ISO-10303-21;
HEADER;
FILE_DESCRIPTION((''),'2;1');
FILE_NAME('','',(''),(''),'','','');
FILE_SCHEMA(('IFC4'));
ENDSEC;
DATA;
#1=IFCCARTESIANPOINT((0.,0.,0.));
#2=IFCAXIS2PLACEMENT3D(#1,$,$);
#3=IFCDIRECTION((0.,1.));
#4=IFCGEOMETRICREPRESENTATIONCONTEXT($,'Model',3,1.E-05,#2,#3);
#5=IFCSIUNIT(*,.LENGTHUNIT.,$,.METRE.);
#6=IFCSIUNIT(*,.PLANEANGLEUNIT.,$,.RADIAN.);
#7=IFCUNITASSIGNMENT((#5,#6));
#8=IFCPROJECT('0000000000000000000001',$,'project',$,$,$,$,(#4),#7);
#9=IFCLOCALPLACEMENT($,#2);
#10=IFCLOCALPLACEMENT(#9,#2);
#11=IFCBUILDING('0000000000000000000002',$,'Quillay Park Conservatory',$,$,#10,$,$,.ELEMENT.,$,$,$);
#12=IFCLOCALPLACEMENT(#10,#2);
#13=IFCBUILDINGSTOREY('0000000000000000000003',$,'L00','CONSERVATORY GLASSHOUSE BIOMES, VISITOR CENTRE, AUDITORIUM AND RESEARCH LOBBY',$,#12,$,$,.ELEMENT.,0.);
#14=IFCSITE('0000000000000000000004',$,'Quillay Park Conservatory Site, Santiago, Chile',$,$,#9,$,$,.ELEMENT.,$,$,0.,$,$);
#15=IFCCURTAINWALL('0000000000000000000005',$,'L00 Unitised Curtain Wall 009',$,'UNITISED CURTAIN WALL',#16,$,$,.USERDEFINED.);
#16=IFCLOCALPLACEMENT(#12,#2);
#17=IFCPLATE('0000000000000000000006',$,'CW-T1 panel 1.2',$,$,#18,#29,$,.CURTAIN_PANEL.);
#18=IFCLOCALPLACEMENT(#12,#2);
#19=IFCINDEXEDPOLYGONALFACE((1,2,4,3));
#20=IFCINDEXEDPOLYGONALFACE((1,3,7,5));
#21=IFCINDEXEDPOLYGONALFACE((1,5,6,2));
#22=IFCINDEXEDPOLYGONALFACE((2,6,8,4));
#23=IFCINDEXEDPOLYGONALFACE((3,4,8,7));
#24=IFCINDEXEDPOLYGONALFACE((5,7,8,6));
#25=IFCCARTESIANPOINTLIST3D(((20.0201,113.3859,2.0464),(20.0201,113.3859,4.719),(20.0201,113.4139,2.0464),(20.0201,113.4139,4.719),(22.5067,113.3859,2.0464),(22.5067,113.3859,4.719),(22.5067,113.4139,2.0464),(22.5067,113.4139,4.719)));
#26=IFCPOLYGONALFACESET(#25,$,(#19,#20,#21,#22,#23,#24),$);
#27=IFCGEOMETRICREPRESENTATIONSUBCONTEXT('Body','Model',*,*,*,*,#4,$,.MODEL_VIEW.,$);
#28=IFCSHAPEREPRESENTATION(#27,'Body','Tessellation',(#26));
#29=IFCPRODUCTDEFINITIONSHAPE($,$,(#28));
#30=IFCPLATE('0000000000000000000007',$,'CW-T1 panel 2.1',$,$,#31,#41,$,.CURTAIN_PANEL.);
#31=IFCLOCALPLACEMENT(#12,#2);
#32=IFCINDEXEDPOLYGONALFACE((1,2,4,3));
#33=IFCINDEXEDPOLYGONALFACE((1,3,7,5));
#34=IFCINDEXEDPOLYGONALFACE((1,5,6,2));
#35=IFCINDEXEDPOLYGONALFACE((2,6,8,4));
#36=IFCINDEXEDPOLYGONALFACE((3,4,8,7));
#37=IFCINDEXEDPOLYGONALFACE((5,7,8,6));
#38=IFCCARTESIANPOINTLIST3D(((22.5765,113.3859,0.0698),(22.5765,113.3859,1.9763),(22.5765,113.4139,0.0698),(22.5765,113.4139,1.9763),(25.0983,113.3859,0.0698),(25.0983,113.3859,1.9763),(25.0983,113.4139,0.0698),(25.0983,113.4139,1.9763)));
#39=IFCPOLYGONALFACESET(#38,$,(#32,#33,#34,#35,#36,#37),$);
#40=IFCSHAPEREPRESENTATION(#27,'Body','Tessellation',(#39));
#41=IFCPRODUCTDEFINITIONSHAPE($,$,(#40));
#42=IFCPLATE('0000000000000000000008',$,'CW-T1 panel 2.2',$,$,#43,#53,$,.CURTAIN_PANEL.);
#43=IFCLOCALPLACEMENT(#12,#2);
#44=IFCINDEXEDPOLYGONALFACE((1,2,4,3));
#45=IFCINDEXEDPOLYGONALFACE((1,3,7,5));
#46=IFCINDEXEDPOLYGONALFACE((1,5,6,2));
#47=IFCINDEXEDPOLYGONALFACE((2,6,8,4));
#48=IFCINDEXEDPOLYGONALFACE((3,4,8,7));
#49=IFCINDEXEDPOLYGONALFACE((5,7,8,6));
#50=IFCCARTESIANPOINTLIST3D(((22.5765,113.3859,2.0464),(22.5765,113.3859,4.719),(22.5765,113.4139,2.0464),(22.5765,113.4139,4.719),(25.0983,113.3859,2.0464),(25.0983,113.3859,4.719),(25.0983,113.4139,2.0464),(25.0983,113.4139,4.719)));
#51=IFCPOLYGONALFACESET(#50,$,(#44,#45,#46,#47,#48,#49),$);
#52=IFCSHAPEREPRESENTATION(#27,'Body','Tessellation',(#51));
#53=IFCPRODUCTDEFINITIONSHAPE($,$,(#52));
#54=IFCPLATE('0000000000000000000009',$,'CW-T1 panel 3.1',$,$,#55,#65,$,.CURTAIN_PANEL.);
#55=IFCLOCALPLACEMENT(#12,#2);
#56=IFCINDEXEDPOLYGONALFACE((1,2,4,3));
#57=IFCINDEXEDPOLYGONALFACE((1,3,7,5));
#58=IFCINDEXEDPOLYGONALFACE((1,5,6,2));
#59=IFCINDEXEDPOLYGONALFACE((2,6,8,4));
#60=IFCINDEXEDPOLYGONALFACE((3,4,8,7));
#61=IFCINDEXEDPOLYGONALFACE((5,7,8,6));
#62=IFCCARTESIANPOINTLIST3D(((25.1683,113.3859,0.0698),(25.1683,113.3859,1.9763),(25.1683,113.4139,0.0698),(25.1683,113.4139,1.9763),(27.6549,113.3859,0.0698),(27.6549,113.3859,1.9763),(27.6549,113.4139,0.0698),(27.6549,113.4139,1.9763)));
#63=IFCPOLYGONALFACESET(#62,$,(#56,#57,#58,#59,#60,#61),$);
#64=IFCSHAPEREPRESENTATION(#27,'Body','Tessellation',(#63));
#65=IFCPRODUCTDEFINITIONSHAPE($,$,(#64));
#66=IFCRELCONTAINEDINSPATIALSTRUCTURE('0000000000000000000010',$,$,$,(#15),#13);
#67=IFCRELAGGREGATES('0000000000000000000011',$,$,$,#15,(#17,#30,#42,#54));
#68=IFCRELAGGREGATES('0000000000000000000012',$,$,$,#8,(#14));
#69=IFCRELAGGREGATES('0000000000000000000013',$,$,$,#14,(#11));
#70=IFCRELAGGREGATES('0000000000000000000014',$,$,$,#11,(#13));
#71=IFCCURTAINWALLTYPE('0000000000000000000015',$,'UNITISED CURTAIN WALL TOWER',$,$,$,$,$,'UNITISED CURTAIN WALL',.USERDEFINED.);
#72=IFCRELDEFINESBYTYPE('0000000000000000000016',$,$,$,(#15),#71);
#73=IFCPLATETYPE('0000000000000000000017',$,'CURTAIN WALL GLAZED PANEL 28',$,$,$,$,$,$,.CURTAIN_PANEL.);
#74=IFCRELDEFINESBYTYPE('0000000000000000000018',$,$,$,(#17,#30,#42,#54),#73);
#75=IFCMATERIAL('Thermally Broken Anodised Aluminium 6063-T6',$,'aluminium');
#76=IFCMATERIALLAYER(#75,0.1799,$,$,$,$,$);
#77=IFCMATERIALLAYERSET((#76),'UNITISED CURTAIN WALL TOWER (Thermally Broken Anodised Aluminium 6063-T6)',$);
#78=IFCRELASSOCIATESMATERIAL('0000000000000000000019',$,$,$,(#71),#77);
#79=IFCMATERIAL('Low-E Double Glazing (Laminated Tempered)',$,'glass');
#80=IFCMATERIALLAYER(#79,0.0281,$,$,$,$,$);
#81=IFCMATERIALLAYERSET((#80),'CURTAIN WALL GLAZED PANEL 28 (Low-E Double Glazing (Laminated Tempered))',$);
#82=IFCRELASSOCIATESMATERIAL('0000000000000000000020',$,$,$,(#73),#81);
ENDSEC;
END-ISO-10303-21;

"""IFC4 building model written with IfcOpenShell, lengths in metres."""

from ifc_helpers import new_model, si_unit, direction, frame, origin, origin_2d, place, context, subcontext, project, spatial, rectangle, extrude, material, layer, layer_set, type_object, element, aggregate, save


model = new_model("IFC4")

# Units and contexts
model_context = context("Model", 3, precision=1e-05, world=origin(), true_north=direction((0.0, 1.0)))
body_context = subcontext(model_context, "Body", "Model", "MODEL_VIEW")
ifc_project = project(units=[si_unit("LENGTHUNIT", "METRE"), si_unit("PLANEANGLEUNIT", "RADIAN")], contexts=[model_context])

# Site, building, storey
site_placement = place(None, origin())
site = spatial("IfcSite", under=ifc_project, at=site_placement, Name="Quillay Park Conservatory Site, Santiago, Chile", CompositionType="ELEMENT", RefElevation=0.0)
building_placement = place(site_placement, origin())
building = spatial("IfcBuilding", under=site, at=building_placement, Name="Quillay Park Conservatory", CompositionType="ELEMENT")
storey_placement = place(building_placement, origin())
storey = spatial("IfcBuildingStorey", under=building, at=storey_placement, Name="L00", Description="CONSERVATORY GLASSHOUSE BIOMES, VISITOR CENTRE, AUDITORIUM AND RESEARCH LOBBY", CompositionType="ELEMENT", Elevation=0.0)

# Curtain wall
ifc_material_1 = material(Name="Thermally Broken Anodised Aluminium 6063-T6", Category="aluminium")
ifc_layer_1 = layer(ifc_material_1, 0.1799)
ifc_layer_set_1 = layer_set([ifc_layer_1], Name="UNITISED CURTAIN WALL TOWER (Thermally Broken Anodised Aluminium 6063-T6)")
curtain_wall_type = type_object("IfcCurtainWallType", Name="UNITISED CURTAIN WALL TOWER", ElementType="UNITISED CURTAIN WALL", PredefinedType="USERDEFINED", material=ifc_layer_set_1)
curtain_wall_placement = place(storey_placement, origin())
curtain_wall = element("IfcCurtainWall", 1, at=curtain_wall_placement, inside=storey, type_object=curtain_wall_type, Name="L00 Unitised Curtain Wall 009", ObjectType="UNITISED CURTAIN WALL", PredefinedType="USERDEFINED")

# Plates
ifc_material_2 = material(Name="Low-E Double Glazing (Laminated Tempered)", Category="glass")
ifc_layer_2 = layer(ifc_material_2, 0.0281)
ifc_layer_set_2 = layer_set([ifc_layer_2], Name="CURTAIN WALL GLAZED PANEL 28 (Low-E Double Glazing (Laminated Tempered))")
plate_type = type_object("IfcPlateType", Name="CURTAIN WALL GLAZED PANEL 28", PredefinedType="CURTAIN_PANEL", material=ifc_layer_set_2)
plate_1_placement = place(storey_placement, frame((21.2634, 113.3999, 2.0464), z_axis=(0.0, 0.0, 1.0), x_axis=(1.0, 0.0, 0.0)))
plate_1 = element("IfcPlate", 2, at=plate_1_placement, type_object=plate_type, Name="CW-T1 panel 1.2", PredefinedType="CURTAIN_PANEL", context=body_context, shape_type="SweptSolid", body=[
    extrude(rectangle(XDim=2.4866, YDim=0.0281, at=origin_2d()), origin(), (0.0, 0.0, 1.0), 2.6726),
])
plate_2_placement = place(storey_placement, frame((23.8374, 113.3999, 0.0698), z_axis=(0.0, 0.0, 1.0), x_axis=(1.0, 0.0, 0.0)))
plate_2 = element("IfcPlate", 3, at=plate_2_placement, type_object=plate_type, Name="CW-T1 panel 2.1", PredefinedType="CURTAIN_PANEL", context=body_context, shape_type="SweptSolid", body=[
    extrude(rectangle(XDim=2.5217, YDim=0.0281, at=origin_2d()), origin(), (0.0, 0.0, 1.0), 1.9065),
])
plate_3_placement = place(storey_placement, frame((23.8374, 113.3999, 2.0464), z_axis=(0.0, 0.0, 1.0), x_axis=(1.0, 0.0, 0.0)))
plate_3 = element("IfcPlate", 4, at=plate_3_placement, type_object=plate_type, Name="CW-T1 panel 2.2", PredefinedType="CURTAIN_PANEL", context=body_context, shape_type="SweptSolid", body=[
    extrude(rectangle(XDim=2.5217, YDim=0.0281, at=origin_2d()), origin(), (0.0, 0.0, 1.0), 2.6726),
])
plate_4_placement = place(storey_placement, frame((26.4116, 113.3999, 0.0698), z_axis=(0.0, 0.0, 1.0), x_axis=(1.0, 0.0, 0.0)))
plate_4 = element("IfcPlate", 5, at=plate_4_placement, type_object=plate_type, Name="CW-T1 panel 3.1", PredefinedType="CURTAIN_PANEL", context=body_context, shape_type="SweptSolid", body=[
    extrude(rectangle(XDim=2.4866, YDim=0.0281, at=origin_2d()), origin(), (0.0, 0.0, 1.0), 1.9065),
])
aggregate(curtain_wall, [plate_1, plate_2, plate_3, plate_4])

save(model, "model.ifc")
